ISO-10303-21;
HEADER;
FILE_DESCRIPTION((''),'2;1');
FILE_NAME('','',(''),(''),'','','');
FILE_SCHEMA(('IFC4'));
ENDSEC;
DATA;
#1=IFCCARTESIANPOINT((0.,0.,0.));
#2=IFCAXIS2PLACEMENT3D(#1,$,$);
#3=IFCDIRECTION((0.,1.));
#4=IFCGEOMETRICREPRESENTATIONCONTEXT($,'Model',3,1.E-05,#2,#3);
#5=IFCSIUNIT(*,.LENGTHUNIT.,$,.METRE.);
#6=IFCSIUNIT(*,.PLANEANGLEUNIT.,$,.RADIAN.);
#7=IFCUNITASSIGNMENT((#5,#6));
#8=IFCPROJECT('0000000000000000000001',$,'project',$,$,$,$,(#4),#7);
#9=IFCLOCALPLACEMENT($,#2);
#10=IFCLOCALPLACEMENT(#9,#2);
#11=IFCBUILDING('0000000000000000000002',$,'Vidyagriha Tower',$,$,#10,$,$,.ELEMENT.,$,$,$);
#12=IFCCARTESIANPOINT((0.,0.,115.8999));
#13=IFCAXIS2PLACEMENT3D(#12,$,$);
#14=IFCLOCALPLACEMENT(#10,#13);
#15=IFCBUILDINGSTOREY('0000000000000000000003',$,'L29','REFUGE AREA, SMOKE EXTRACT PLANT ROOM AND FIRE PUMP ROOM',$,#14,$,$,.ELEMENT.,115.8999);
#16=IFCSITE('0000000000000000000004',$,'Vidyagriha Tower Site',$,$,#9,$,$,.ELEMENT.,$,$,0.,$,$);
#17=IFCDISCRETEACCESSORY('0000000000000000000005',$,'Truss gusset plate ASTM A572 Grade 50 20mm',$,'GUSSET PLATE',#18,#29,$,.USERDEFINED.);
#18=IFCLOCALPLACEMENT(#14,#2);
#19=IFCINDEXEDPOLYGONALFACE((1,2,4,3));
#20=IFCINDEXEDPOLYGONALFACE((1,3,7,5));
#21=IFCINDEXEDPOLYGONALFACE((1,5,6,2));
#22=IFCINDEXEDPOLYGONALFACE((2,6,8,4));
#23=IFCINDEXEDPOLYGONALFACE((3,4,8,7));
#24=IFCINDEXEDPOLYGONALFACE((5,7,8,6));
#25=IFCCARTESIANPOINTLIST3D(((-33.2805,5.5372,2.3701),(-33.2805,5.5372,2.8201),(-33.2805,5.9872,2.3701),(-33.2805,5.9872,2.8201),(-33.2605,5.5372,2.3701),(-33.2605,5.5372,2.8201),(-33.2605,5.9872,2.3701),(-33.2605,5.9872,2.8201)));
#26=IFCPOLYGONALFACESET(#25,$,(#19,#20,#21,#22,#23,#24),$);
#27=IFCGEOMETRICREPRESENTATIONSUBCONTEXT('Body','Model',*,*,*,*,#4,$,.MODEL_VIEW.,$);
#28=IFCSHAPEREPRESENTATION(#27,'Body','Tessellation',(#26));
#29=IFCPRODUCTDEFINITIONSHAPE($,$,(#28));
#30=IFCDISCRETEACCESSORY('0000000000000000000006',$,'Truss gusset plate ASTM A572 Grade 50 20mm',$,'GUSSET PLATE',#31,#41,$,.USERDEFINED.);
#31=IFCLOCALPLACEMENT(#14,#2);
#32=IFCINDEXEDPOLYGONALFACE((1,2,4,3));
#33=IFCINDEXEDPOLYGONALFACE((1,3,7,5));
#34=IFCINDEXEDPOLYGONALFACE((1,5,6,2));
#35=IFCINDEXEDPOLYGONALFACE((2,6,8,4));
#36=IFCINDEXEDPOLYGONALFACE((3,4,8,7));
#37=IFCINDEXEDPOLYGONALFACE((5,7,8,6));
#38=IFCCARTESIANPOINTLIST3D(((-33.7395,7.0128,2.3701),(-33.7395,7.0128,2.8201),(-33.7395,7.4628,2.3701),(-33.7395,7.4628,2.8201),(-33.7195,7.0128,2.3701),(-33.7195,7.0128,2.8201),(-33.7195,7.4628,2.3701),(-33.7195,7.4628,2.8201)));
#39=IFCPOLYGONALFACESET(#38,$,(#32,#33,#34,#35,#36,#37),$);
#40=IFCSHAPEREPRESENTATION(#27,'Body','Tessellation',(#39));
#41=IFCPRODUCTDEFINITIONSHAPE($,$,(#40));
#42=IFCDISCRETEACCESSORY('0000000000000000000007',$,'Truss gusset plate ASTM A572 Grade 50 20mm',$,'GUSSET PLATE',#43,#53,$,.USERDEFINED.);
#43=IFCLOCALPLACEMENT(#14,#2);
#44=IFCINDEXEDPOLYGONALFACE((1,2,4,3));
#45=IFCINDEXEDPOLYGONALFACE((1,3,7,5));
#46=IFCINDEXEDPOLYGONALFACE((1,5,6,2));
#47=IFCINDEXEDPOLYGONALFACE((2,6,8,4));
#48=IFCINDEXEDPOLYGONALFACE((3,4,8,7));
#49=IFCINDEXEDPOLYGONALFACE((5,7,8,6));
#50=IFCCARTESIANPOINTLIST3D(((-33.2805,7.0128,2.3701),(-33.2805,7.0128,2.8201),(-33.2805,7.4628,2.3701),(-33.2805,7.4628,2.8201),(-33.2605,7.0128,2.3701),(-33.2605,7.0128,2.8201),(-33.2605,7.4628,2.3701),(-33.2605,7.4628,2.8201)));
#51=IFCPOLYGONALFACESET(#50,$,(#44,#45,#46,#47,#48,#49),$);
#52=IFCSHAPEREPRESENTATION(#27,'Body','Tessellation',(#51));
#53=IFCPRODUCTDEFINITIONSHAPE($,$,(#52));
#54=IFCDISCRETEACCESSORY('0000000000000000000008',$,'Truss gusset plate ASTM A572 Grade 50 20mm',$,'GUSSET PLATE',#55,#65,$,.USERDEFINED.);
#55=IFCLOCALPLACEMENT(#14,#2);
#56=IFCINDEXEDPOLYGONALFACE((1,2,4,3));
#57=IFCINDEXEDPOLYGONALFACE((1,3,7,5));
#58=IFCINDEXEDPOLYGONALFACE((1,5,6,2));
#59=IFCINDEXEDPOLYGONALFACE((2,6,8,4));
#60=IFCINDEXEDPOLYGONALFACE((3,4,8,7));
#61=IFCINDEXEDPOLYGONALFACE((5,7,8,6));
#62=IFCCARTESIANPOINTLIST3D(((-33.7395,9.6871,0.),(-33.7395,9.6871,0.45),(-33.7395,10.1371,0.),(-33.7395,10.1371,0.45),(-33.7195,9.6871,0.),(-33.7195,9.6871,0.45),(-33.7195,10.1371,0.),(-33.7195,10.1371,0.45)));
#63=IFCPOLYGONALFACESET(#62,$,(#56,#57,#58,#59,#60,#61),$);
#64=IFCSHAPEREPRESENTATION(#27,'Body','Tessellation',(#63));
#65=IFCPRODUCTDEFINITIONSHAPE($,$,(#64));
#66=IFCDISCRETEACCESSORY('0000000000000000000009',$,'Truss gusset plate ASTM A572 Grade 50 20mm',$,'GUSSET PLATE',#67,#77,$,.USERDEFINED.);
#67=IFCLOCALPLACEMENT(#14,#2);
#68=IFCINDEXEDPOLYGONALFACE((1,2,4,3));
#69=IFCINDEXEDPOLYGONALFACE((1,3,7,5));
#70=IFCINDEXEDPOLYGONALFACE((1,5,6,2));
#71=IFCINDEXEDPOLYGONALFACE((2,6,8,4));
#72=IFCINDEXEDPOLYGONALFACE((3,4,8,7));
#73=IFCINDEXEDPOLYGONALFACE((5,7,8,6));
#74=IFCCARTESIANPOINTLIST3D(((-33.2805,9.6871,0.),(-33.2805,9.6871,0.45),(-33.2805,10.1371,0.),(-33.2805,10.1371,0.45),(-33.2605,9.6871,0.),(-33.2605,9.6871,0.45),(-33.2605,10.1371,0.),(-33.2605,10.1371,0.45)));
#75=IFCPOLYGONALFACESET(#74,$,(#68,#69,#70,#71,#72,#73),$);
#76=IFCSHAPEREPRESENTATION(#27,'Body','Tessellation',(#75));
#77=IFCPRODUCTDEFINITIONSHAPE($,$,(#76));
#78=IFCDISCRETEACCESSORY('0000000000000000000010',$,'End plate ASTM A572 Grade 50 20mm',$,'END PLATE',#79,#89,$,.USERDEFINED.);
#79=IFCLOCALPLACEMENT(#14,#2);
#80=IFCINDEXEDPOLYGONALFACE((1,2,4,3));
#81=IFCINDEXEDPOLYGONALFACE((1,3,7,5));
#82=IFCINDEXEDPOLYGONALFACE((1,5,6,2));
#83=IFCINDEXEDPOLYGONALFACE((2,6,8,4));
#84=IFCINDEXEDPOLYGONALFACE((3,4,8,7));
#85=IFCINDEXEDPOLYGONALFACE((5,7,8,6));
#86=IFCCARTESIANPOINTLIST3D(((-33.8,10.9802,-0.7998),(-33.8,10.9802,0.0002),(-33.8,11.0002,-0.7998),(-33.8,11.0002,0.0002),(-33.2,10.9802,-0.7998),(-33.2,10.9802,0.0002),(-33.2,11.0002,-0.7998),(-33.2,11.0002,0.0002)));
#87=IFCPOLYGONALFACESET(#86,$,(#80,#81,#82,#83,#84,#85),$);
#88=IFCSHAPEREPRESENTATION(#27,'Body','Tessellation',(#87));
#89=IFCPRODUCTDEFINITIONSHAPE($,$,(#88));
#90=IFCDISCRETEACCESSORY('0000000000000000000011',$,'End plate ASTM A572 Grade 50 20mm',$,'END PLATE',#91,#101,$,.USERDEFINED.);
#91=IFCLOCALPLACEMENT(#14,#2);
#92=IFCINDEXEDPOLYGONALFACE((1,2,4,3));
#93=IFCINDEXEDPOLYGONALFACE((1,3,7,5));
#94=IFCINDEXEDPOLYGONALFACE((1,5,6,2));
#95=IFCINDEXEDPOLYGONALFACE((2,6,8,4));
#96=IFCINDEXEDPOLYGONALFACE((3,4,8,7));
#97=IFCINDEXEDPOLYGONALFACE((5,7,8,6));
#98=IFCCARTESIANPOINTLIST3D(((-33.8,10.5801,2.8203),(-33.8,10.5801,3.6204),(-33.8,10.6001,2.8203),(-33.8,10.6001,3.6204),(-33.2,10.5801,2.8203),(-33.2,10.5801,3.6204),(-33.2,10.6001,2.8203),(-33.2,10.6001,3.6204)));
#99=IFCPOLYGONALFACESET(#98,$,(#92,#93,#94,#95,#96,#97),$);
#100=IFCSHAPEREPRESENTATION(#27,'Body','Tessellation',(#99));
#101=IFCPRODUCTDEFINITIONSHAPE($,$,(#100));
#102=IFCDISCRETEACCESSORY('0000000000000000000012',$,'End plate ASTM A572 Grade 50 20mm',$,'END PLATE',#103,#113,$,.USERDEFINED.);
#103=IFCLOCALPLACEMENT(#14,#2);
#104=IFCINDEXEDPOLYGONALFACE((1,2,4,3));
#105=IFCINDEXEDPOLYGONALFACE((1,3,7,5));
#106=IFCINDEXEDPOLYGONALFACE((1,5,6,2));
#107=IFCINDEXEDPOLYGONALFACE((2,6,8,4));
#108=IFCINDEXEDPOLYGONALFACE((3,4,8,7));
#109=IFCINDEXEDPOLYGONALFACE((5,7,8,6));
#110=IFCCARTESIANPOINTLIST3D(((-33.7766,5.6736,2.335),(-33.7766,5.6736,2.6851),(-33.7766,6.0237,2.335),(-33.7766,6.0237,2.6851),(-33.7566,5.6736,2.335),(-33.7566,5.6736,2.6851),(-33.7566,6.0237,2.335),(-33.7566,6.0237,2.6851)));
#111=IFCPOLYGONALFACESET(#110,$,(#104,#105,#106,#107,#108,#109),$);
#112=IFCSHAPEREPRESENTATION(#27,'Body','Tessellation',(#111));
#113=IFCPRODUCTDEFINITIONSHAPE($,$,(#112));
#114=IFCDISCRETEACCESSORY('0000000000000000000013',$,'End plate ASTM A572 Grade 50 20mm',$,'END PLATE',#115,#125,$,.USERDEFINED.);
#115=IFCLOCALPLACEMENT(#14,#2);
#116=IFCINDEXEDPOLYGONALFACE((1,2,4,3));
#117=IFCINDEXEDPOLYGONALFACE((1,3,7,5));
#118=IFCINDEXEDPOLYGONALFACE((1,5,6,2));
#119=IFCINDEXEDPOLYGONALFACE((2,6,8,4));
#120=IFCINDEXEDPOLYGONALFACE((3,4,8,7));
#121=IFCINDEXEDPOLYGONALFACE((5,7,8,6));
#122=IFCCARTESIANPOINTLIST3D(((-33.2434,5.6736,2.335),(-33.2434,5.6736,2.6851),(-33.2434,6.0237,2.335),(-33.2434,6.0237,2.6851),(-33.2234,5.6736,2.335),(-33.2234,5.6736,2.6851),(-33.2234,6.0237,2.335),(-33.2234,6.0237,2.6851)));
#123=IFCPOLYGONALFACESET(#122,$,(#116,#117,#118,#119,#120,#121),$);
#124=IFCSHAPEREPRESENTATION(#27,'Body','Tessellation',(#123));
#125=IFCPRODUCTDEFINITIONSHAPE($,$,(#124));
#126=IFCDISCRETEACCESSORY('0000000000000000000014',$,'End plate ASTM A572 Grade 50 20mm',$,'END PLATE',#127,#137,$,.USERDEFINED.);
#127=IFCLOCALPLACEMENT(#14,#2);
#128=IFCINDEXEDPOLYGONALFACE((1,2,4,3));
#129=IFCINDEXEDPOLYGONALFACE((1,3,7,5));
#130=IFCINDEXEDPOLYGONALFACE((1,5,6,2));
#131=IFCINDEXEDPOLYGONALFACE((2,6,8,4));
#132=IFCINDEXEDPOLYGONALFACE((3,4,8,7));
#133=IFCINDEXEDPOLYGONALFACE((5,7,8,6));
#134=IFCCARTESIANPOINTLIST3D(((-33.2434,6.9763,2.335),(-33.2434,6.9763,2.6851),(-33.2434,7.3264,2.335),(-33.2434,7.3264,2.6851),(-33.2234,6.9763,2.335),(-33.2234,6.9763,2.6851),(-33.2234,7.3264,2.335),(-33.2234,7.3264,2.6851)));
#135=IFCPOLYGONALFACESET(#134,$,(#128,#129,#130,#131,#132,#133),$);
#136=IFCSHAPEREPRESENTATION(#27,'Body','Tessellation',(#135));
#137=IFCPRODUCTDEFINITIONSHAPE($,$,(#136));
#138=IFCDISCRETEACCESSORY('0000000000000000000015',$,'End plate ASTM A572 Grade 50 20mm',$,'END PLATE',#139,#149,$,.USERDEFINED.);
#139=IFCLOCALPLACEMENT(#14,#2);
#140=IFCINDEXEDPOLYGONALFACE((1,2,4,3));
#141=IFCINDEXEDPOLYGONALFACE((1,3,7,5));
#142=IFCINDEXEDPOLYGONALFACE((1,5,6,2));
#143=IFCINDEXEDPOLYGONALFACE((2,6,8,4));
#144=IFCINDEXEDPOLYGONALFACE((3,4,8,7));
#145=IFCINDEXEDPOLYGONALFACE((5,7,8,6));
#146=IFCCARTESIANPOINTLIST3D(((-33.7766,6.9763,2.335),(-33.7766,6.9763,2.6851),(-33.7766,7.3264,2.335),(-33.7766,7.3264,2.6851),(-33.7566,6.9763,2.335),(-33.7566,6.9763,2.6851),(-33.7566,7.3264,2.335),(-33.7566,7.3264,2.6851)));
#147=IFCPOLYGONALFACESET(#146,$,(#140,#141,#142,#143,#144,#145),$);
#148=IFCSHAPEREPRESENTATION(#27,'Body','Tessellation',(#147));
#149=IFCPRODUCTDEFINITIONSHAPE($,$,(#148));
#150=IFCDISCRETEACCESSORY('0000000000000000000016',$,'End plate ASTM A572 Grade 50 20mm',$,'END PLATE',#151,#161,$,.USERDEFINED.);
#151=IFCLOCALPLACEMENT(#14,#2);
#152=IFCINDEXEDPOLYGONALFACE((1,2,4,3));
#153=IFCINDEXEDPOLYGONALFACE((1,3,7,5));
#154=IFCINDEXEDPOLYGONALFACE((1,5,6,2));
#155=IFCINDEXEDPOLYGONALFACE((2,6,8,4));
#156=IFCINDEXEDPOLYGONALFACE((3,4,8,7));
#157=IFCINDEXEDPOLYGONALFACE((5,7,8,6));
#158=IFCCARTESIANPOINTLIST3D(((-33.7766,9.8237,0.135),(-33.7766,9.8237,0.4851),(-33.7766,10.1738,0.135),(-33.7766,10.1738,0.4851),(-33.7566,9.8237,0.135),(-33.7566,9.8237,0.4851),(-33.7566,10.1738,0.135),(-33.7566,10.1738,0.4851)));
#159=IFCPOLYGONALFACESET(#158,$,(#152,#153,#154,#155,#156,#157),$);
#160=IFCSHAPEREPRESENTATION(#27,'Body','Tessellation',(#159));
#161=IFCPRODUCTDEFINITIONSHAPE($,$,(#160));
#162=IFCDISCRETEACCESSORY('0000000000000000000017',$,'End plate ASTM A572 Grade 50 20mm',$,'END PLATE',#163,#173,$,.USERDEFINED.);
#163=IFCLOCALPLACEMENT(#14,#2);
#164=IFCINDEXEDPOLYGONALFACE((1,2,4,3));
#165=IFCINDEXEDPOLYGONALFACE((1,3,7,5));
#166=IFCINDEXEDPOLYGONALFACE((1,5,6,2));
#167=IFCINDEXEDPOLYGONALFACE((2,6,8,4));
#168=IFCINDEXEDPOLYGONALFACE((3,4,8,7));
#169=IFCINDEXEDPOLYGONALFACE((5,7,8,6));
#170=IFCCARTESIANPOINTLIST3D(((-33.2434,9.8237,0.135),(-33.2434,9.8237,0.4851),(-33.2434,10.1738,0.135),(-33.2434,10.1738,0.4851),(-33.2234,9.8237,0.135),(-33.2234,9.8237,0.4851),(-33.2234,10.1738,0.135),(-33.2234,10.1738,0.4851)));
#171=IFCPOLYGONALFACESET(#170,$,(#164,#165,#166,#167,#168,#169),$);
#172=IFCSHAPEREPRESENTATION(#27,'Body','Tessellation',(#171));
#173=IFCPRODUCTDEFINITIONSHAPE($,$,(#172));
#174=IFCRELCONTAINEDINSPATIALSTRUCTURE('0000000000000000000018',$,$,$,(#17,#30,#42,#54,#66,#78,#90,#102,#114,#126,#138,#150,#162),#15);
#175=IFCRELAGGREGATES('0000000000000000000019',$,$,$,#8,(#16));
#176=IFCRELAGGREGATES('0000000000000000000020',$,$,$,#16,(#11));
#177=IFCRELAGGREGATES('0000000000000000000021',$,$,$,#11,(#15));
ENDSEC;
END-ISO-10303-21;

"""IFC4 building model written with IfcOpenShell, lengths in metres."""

from ifc_helpers import new_model, si_unit, direction, frame, origin, origin_2d, place, context, subcontext, project, spatial, rectangle, extrude, element, save


model = new_model("IFC4")

# Units and contexts
model_context = context("Model", 3, precision=1e-05, world=origin(), true_north=direction((0.0, 1.0)))
body_context = subcontext(model_context, "Body", "Model", "MODEL_VIEW")
ifc_project = project(units=[si_unit("LENGTHUNIT", "METRE"), si_unit("PLANEANGLEUNIT", "RADIAN")], contexts=[model_context])

# Site, building, storey
site_placement = place(None, origin())
site = spatial("IfcSite", under=ifc_project, at=site_placement, Name="Vidyagriha Tower Site", CompositionType="ELEMENT", RefElevation=0.0)
building_placement = place(site_placement, origin())
building = spatial("IfcBuilding", under=site, at=building_placement, Name="Vidyagriha Tower", CompositionType="ELEMENT")
storey_placement = place(building_placement, frame((0.0, 0.0, 115.8999)))
storey = spatial("IfcBuildingStorey", under=building, at=storey_placement, Name="L29", Description="REFUGE AREA, SMOKE EXTRACT PLANT ROOM AND FIRE PUMP ROOM", CompositionType="ELEMENT", Elevation=115.8999)

# Discrete accessories
for number, where, z_axis, x_axis, name in (
    (1, (-33.2705, 5.7622, 2.3701), (0.0, 0.0, 1.0), (0.0, 1.0, 0.0), "Truss gusset plate ASTM A572 Grade 50 20mm"),
    (2, (-33.7295, 7.2378, 2.3701), (0.0, 0.0, 1.0), (0.0, 1.0, 0.0), "Truss gusset plate ASTM A572 Grade 50 20mm"),
    (3, (-33.2705, 7.2378, 2.3701), (0.0, 0.0, 1.0), (0.0, 1.0, 0.0), "Truss gusset plate ASTM A572 Grade 50 20mm"),
    (4, (-33.7295, 9.9121, 0.0), (0.0, 0.0, 1.0), (0.0, 1.0, 0.0), "Truss gusset plate ASTM A572 Grade 50 20mm"),
    (5, (-33.2705, 9.9121, 0.0), (0.0, 0.0, 1.0), (0.0, 1.0, 0.0), "Truss gusset plate ASTM A572 Grade 50 20mm"),
):
    element("IfcDiscreteAccessory", number, at=place(storey_placement, frame(where, z_axis=z_axis, x_axis=x_axis)), inside=storey, Name=name, ObjectType="GUSSET PLATE", PredefinedType="USERDEFINED", context=body_context, shape_type="SweptSolid", body=[
        extrude(rectangle(XDim=0.45, YDim=0.02, at=origin_2d()), origin(), (0.0, 0.0, 1.0), 0.45),
    ])
for number, where, z_axis, x_axis, name in (
    (6, (-33.5, 10.9902, -0.7998), (0.0, 0.0, 1.0), (0.0, 1.0, 0.0), "End plate ASTM A572 Grade 50 20mm"),
    (7, (-33.5, 10.5901, 2.8203), (0.0, 0.0, 1.0), (0.0, 1.0, 0.0), "End plate ASTM A572 Grade 50 20mm"),
):
    element("IfcDiscreteAccessory", number, at=place(storey_placement, frame(where, z_axis=z_axis, x_axis=x_axis)), inside=storey, Name=name, ObjectType="END PLATE", PredefinedType="USERDEFINED", context=body_context, shape_type="SweptSolid", body=[
        extrude(rectangle(XDim=0.02, YDim=0.6001, at=origin_2d()), origin(), (0.0, 0.0, 1.0), 0.8),
    ])
for number, where, z_axis, x_axis, name in (
    (8, (-33.7666, 5.8486, 2.335), (0.0, 0.0, 1.0), (0.0, 1.0, 0.0), "End plate ASTM A572 Grade 50 20mm"),
    (9, (-33.2334, 5.8486, 2.335), (0.0, 0.0, 1.0), (0.0, 1.0, 0.0), "End plate ASTM A572 Grade 50 20mm"),
    (10, (-33.2334, 7.1514, 2.335), (0.0, 0.0, 1.0), (0.0, -1.0, 0.0), "End plate ASTM A572 Grade 50 20mm"),
    (11, (-33.7666, 7.1514, 2.335), (0.0, 0.0, 1.0), (0.0, -1.0, 0.0), "End plate ASTM A572 Grade 50 20mm"),
    (12, (-33.7666, 9.9988, 0.135), (0.0, 0.0, 1.0), (0.0, 1.0, 0.0), "End plate ASTM A572 Grade 50 20mm"),
    (13, (-33.2334, 9.9988, 0.135), (0.0, 0.0, 1.0), (0.0, 1.0, 0.0), "End plate ASTM A572 Grade 50 20mm"),
):
    element("IfcDiscreteAccessory", number, at=place(storey_placement, frame(where, z_axis=z_axis, x_axis=x_axis)), inside=storey, Name=name, ObjectType="END PLATE", PredefinedType="USERDEFINED", context=body_context, shape_type="SweptSolid", body=[
        extrude(rectangle(XDim=0.3501, YDim=0.02, at=origin_2d()), origin(), (0.0, 0.0, 1.0), 0.3501),
    ])

save(model, "model.ifc")
